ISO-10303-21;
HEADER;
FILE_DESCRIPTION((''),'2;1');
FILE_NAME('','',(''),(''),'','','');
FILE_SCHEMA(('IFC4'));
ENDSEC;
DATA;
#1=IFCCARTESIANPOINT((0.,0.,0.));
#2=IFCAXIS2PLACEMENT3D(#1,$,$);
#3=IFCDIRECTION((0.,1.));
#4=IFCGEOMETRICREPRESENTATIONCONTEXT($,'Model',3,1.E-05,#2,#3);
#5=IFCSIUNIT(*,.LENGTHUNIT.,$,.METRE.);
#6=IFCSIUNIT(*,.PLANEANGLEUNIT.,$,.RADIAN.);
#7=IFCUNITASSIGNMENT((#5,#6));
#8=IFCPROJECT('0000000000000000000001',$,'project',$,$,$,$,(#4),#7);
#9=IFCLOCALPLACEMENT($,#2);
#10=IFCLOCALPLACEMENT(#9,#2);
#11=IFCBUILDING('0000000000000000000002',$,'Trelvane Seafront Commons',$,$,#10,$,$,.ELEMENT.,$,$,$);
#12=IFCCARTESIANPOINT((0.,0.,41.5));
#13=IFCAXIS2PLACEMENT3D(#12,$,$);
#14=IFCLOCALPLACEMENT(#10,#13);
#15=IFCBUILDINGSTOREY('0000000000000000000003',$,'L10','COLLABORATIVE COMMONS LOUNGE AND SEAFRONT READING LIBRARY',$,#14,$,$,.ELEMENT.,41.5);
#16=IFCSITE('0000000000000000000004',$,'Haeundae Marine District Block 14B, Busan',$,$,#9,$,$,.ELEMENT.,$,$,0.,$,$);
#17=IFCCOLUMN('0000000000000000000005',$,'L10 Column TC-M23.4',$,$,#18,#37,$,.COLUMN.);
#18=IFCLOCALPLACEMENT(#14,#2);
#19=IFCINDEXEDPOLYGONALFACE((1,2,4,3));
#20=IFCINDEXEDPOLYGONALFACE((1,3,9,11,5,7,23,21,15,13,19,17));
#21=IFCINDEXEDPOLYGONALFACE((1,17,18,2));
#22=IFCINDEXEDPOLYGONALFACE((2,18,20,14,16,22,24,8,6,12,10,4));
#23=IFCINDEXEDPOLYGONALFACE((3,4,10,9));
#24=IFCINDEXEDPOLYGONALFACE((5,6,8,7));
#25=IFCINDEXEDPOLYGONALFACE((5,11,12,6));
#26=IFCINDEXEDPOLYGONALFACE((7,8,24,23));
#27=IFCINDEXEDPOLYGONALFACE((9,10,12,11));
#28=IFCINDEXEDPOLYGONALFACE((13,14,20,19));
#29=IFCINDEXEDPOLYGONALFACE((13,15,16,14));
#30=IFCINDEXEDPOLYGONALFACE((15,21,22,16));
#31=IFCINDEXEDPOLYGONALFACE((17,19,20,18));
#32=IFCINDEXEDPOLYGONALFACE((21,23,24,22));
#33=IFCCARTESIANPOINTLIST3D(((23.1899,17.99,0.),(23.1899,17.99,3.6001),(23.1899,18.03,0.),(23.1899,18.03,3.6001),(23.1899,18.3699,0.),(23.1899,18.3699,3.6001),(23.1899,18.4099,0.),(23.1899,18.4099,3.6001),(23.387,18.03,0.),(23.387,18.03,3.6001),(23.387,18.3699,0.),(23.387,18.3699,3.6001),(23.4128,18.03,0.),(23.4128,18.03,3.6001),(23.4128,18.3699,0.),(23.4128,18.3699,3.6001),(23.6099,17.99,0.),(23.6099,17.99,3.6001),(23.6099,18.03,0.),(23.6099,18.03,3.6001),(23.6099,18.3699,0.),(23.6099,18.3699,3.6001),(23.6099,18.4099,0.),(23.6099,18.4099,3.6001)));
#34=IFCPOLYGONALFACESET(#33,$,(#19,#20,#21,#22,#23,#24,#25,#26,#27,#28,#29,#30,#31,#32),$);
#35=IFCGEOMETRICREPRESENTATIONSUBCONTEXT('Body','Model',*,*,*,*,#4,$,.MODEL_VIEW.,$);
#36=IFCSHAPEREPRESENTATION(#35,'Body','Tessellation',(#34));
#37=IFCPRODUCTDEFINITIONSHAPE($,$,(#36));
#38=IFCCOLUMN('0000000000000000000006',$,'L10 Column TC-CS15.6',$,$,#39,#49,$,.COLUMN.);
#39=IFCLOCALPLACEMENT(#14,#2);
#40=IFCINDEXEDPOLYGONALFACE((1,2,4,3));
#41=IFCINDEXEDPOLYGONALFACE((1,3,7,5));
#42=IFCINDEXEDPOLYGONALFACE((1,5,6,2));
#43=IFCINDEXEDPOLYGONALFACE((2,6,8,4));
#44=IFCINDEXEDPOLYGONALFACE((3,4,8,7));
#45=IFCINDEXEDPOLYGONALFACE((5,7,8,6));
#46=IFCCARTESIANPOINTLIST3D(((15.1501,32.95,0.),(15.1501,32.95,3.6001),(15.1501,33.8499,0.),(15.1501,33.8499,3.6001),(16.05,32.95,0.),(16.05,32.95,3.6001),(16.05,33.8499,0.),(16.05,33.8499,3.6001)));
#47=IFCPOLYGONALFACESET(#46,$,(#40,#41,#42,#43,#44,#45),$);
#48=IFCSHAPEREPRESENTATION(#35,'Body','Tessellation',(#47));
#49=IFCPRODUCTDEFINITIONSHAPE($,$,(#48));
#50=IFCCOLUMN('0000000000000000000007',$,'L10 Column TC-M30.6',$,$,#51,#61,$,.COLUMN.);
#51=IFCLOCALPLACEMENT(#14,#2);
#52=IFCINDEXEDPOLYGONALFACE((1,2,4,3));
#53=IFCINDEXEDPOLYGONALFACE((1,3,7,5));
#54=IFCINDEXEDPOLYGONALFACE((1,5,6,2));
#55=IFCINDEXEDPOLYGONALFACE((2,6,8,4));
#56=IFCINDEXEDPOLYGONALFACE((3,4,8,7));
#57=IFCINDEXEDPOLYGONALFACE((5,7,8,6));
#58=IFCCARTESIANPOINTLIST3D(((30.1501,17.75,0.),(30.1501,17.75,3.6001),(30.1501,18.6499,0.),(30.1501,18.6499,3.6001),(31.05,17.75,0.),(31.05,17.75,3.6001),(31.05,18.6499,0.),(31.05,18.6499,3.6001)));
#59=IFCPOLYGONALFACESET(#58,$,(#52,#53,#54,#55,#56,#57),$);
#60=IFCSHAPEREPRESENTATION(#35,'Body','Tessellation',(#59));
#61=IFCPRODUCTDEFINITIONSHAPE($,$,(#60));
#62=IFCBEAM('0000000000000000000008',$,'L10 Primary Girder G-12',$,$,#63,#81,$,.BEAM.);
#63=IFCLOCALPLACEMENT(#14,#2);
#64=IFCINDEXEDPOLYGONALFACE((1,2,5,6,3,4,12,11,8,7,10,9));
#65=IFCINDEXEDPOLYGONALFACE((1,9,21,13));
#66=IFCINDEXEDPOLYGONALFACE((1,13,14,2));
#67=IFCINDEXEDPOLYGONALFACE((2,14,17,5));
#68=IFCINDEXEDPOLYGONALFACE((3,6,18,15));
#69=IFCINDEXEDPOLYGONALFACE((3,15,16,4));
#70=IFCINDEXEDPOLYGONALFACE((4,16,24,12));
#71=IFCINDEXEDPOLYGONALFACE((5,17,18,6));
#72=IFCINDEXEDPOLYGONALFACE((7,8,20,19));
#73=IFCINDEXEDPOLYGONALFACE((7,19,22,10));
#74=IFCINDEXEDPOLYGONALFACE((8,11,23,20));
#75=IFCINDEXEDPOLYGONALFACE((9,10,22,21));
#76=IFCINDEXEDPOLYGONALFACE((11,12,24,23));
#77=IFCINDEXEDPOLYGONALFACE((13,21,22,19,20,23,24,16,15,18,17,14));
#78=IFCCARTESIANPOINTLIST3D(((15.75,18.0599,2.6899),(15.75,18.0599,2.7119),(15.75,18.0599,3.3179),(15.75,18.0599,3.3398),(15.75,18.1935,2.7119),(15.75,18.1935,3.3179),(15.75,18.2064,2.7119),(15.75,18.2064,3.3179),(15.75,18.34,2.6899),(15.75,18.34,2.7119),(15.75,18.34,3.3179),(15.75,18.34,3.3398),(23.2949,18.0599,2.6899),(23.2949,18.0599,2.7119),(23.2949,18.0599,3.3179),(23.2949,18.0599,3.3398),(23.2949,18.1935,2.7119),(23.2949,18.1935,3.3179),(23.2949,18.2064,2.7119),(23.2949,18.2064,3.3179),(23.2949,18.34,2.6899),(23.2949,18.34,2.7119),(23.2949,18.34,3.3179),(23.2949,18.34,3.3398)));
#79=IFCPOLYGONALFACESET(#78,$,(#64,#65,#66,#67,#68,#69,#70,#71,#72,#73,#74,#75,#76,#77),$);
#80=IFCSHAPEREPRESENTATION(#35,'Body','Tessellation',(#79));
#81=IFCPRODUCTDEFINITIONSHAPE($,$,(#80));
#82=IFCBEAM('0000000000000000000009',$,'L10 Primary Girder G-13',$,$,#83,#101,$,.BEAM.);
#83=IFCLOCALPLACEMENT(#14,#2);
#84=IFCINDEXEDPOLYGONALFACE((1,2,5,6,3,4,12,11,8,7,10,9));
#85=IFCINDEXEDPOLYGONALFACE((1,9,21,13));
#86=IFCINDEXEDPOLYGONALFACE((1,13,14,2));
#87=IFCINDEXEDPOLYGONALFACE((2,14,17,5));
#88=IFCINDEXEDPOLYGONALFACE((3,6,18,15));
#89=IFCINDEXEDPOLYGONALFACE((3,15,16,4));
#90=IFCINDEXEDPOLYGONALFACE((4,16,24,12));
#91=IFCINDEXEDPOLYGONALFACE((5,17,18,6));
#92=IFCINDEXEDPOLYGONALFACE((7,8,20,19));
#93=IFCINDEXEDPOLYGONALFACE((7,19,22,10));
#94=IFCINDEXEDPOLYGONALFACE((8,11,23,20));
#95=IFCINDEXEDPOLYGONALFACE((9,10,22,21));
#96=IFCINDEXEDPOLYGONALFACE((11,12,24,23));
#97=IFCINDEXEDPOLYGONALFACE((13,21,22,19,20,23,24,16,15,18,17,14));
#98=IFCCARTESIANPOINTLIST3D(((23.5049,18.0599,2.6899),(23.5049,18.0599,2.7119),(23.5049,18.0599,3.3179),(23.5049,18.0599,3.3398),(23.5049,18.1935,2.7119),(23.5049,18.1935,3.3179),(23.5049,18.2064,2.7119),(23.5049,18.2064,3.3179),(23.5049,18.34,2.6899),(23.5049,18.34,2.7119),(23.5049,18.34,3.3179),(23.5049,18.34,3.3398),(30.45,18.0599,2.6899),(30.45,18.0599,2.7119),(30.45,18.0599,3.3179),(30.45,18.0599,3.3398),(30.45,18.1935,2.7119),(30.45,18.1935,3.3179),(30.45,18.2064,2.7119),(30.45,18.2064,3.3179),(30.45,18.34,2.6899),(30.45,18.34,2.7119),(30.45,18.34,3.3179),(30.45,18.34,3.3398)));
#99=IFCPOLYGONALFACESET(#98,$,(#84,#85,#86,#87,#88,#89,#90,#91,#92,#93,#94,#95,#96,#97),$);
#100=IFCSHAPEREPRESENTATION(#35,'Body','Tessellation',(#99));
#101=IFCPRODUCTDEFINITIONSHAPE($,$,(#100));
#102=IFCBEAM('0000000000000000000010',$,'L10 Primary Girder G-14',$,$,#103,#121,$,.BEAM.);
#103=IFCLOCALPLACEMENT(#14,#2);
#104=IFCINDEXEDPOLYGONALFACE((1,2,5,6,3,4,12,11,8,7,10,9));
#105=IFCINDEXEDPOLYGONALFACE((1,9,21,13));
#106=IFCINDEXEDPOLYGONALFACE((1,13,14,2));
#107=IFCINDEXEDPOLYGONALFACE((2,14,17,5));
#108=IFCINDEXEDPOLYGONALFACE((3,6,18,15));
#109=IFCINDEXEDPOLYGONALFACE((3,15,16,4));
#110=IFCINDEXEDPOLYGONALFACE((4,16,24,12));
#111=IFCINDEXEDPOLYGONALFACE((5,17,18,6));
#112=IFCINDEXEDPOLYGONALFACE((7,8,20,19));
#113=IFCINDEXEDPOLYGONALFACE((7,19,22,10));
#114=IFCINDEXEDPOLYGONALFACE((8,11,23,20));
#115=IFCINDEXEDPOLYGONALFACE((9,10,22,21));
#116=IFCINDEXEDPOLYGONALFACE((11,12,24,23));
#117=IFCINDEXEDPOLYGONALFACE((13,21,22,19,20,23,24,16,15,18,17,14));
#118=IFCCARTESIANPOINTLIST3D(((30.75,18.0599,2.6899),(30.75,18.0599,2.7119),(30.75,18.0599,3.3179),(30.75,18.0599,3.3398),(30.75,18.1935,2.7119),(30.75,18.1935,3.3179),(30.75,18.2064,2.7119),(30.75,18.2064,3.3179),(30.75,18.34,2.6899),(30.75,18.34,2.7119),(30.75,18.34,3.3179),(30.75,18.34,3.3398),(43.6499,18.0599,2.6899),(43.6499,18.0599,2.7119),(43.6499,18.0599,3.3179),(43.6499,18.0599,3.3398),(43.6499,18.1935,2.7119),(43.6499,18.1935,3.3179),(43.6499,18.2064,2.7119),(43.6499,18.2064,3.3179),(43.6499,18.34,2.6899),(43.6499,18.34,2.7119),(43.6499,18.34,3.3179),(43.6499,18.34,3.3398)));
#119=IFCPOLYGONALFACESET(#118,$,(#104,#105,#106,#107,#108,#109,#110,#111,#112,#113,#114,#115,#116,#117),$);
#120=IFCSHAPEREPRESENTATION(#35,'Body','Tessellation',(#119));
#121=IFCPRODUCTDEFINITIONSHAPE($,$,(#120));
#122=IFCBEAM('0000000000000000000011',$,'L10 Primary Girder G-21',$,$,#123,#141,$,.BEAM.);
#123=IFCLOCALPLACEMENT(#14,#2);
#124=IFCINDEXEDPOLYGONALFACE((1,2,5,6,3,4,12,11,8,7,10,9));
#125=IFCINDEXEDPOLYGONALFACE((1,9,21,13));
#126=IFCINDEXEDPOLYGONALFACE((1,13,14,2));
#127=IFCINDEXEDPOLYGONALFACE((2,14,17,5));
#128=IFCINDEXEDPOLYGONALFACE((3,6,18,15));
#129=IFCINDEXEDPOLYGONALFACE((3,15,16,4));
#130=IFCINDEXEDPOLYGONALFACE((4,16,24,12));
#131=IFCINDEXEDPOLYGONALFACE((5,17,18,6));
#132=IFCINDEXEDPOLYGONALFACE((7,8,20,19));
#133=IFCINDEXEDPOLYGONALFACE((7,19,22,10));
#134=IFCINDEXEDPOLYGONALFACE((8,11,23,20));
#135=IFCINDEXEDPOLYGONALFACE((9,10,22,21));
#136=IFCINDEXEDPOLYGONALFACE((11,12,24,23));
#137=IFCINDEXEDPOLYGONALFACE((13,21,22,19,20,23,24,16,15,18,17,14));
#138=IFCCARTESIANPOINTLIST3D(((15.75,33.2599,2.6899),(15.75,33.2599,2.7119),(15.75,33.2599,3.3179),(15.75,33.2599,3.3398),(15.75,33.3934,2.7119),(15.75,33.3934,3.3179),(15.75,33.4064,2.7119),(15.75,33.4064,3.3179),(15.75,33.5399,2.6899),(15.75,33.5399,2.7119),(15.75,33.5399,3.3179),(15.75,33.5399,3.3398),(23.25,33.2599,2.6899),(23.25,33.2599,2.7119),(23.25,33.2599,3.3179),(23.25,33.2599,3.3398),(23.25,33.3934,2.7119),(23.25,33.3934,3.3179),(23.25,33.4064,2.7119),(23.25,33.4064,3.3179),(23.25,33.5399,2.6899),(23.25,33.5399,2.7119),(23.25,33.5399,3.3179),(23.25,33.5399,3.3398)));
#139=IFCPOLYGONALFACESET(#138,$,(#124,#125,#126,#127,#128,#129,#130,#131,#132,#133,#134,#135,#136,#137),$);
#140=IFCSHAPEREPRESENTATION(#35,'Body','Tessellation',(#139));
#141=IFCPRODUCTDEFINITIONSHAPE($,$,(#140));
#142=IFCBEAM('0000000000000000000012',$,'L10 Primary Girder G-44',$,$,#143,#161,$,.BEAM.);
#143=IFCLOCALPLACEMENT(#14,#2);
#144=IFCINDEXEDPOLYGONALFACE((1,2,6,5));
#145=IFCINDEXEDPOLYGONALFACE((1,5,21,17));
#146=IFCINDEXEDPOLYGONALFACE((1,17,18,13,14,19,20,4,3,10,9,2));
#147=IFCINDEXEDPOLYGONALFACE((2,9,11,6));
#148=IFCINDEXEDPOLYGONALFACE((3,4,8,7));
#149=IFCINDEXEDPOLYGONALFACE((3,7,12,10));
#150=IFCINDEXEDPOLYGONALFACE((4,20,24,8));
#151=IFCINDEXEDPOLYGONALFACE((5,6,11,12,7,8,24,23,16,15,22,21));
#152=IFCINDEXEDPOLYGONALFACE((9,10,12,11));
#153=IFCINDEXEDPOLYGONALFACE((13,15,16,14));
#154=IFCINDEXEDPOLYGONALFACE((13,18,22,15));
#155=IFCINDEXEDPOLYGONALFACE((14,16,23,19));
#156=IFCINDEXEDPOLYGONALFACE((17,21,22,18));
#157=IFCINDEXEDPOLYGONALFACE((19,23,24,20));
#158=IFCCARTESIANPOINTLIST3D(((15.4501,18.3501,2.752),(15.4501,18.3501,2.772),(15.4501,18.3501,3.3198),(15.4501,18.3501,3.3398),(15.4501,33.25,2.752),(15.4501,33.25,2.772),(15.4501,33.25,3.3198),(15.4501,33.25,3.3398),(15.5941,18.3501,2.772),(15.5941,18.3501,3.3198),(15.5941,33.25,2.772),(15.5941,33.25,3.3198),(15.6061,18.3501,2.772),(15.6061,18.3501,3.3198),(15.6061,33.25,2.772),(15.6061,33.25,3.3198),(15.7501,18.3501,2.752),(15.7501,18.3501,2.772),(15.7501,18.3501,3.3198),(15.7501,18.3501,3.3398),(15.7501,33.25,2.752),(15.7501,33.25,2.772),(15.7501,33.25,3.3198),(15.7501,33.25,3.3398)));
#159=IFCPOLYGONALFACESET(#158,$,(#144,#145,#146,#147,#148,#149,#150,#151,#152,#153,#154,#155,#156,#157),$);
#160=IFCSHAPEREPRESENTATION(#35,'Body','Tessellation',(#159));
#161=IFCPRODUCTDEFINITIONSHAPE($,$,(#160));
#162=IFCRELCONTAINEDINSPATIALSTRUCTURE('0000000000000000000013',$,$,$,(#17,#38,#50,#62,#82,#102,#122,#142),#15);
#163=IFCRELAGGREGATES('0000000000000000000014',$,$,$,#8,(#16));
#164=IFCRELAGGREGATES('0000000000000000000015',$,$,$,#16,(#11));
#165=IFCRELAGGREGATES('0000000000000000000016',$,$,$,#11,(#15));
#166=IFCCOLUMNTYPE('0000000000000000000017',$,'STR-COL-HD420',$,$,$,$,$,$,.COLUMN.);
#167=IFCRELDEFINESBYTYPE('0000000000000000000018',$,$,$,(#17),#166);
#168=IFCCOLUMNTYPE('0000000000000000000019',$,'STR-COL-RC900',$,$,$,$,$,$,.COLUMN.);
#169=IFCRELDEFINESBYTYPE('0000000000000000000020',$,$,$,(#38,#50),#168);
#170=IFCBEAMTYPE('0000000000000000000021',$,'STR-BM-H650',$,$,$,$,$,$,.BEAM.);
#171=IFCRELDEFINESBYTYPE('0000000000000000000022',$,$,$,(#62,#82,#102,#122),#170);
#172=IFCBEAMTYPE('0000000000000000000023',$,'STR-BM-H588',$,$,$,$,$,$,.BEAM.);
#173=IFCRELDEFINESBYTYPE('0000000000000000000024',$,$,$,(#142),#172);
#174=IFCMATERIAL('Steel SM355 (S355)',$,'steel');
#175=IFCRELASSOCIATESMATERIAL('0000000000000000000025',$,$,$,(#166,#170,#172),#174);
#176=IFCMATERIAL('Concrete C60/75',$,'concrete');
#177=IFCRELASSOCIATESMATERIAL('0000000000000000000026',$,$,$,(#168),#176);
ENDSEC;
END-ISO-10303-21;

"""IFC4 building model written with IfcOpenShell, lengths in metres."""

from ifc_helpers import new_model, si_unit, direction, frame, origin, origin_2d, place, context, subcontext, project, spatial, rectangle, i_section, extrude, source, transform, mapped, material, material_profile, profile_set, type_object, element, save


model = new_model("IFC4")

# Units and contexts
model_context = context("Model", 3, precision=1e-05, world=origin(), true_north=direction((0.0, 1.0)))
body_context = subcontext(model_context, "Body", "Model", "MODEL_VIEW")
ifc_project = project(units=[si_unit("LENGTHUNIT", "METRE"), si_unit("PLANEANGLEUNIT", "RADIAN")], contexts=[model_context])

# Site, building, storey
site_placement = place(None, origin())
site = spatial("IfcSite", under=ifc_project, at=site_placement, Name="Haeundae Marine District Block 14B, Busan", CompositionType="ELEMENT", RefElevation=0.0)
building_placement = place(site_placement, origin())
building = spatial("IfcBuilding", under=site, at=building_placement, Name="Trelvane Seafront Commons", CompositionType="ELEMENT")
storey_placement = place(building_placement, frame((0.0, 0.0, 41.5)))
storey = spatial("IfcBuildingStorey", under=building, at=storey_placement, Name="L10", Description="COLLABORATIVE COMMONS LOUNGE AND SEAFRONT READING LIBRARY", CompositionType="ELEMENT", Elevation=41.5)

# Columns
ifc_material_1 = material(Name="Steel SM355 (S355)", Category="steel")
ifc_material_profile_1 = material_profile(ifc_material_1, i_section(OverallWidth=0.4199, OverallDepth=0.4199, WebThickness=0.0259, FlangeThickness=0.04, at=origin_2d()), Name="HD-420x420x26x40")
ifc_profile_set_1 = profile_set([ifc_material_profile_1], Name="Steel SM355 (S355)")
column_type_1 = type_object("IfcColumnType", Name="STR-COL-HD420", PredefinedType="COLUMN", material=ifc_profile_set_1)
shared_shape_1 = source(origin(), body_context, "Body", "SweptSolid", [
    extrude(i_section(OverallWidth=0.4199, OverallDepth=0.4199, WebThickness=0.0259, FlangeThickness=0.04, at=origin_2d()), origin(), (0.0, 0.0, 1.0), 3.6001),
])
column_placement = place(storey_placement, frame((23.3999, 18.2, 0.0), z_axis=(0.0, 0.0, 1.0), x_axis=(1.0, 0.0, 0.0)))
element("IfcColumn", 1, at=column_placement, inside=storey, type_object=column_type_1, Name="L10 Column TC-M23.4", PredefinedType="COLUMN", context=body_context, shape_type="MappedRepresentation", body=[
    mapped(shared_shape_1, transform((0.0, 0.0, 0.0), x_axis=(1.0, 0.0, 0.0), y_axis=(0.0, 1.0, 0.0), z_axis=(0.0, 0.0, 1.0), scale=1.0)),
])
ifc_material_2 = material(Name="Concrete C60/75", Category="concrete")
ifc_material_profile_2 = material_profile(ifc_material_2, rectangle(XDim=0.8999, YDim=0.8999, at=origin_2d()), Name="RC-900x900")
ifc_profile_set_2 = profile_set([ifc_material_profile_2], Name="Concrete C60/75")
column_type_2 = type_object("IfcColumnType", Name="STR-COL-RC900", PredefinedType="COLUMN", material=ifc_profile_set_2)
shared_shape_2 = source(origin(), body_context, "Body", "SweptSolid", [
    extrude(rectangle(XDim=0.8999, YDim=0.8999, at=origin_2d()), origin(), (0.0, 0.0, 1.0), 3.6001),
])
for number, where, z_axis, x_axis, name in (
    (2, (15.6001, 33.3999, 0.0), (0.0, 0.0, 1.0), (1.0, 0.0, 0.0), "L10 Column TC-CS15.6"),
    (3, (30.6001, 18.2, 0.0), (0.0, 0.0, 1.0), (1.0, 0.0, 0.0), "L10 Column TC-M30.6"),
):
    element("IfcColumn", number, at=place(storey_placement, frame(where, z_axis=z_axis, x_axis=x_axis)), inside=storey, type_object=column_type_2, Name=name, PredefinedType="COLUMN", context=body_context, shape_type="MappedRepresentation", body=[
        mapped(shared_shape_2, transform((0.0, 0.0, 0.0), x_axis=(1.0, 0.0, 0.0), y_axis=(0.0, 1.0, 0.0), z_axis=(0.0, 0.0, 1.0), scale=1.0)),
    ])

# Beams
ifc_material_profile_3 = material_profile(ifc_material_1, i_section(OverallWidth=0.28, OverallDepth=0.6499, WebThickness=0.0129, FlangeThickness=0.022, at=origin_2d()), Name="H-650x280x13x22")
ifc_profile_set_3 = profile_set([ifc_material_profile_3], Name="Steel SM355 (S355)")
beam_type_1 = type_object("IfcBeamType", Name="STR-BM-H650", PredefinedType="BEAM", material=ifc_profile_set_3)
shared_shape_3 = source(origin(), body_context, "Body", "SweptSolid", [
    extrude(i_section(OverallWidth=0.28, OverallDepth=0.6499, WebThickness=0.0129, FlangeThickness=0.022, at=origin_2d()), origin(), (0.0, 0.0, 1.0), 7.5449),
])
beam_1_placement = place(storey_placement, frame((15.75, 18.2, 3.0149), z_axis=(1.0, 0.0, 0.0), x_axis=(0.0, 1.0, 0.0)))
element("IfcBeam", 4, at=beam_1_placement, inside=storey, type_object=beam_type_1, Name="L10 Primary Girder G-12", PredefinedType="BEAM", context=body_context, shape_type="MappedRepresentation", body=[
    mapped(shared_shape_3, transform((0.0, 0.0, 0.0), x_axis=(1.0, 0.0, 0.0), y_axis=(0.0, 1.0, 0.0), z_axis=(0.0, 0.0, 1.0), scale=1.0)),
])
shared_shape_4 = source(origin(), body_context, "Body", "SweptSolid", [
    extrude(i_section(OverallWidth=0.28, OverallDepth=0.6499, WebThickness=0.0129, FlangeThickness=0.022, at=origin_2d()), origin(), (0.0, 0.0, 1.0), 6.9451),
])
beam_2_placement = place(storey_placement, frame((23.5049, 18.2, 3.0149), z_axis=(1.0, 0.0, 0.0), x_axis=(0.0, 1.0, 0.0)))
element("IfcBeam", 5, at=beam_2_placement, inside=storey, type_object=beam_type_1, Name="L10 Primary Girder G-13", PredefinedType="BEAM", context=body_context, shape_type="MappedRepresentation", body=[
    mapped(shared_shape_4, transform((0.0, 0.0, 0.0), x_axis=(1.0, 0.0, 0.0), y_axis=(0.0, 1.0, 0.0), z_axis=(0.0, 0.0, 1.0), scale=1.0)),
])
shared_shape_5 = source(origin(), body_context, "Body", "SweptSolid", [
    extrude(i_section(OverallWidth=0.28, OverallDepth=0.6499, WebThickness=0.0129, FlangeThickness=0.022, at=origin_2d()), origin(), (0.0, 0.0, 1.0), 12.8999),
])
beam_3_placement = place(storey_placement, frame((30.75, 18.2, 3.0149), z_axis=(1.0, 0.0, 0.0), x_axis=(0.0, 1.0, 0.0)))
element("IfcBeam", 6, at=beam_3_placement, inside=storey, type_object=beam_type_1, Name="L10 Primary Girder G-14", PredefinedType="BEAM", context=body_context, shape_type="MappedRepresentation", body=[
    mapped(shared_shape_5, transform((0.0, 0.0, 0.0), x_axis=(1.0, 0.0, 0.0), y_axis=(0.0, 1.0, 0.0), z_axis=(0.0, 0.0, 1.0), scale=1.0)),
])
shared_shape_6 = source(origin(), body_context, "Body", "SweptSolid", [
    extrude(i_section(OverallWidth=0.28, OverallDepth=0.6499, WebThickness=0.0129, FlangeThickness=0.022, at=origin_2d()), origin(), (0.0, 0.0, 1.0), 7.5),
])
beam_4_placement = place(storey_placement, frame((15.75, 33.3999, 3.0149), z_axis=(1.0, 0.0, 0.0), x_axis=(0.0, 1.0, 0.0)))
element("IfcBeam", 7, at=beam_4_placement, inside=storey, type_object=beam_type_1, Name="L10 Primary Girder G-21", PredefinedType="BEAM", context=body_context, shape_type="MappedRepresentation", body=[
    mapped(shared_shape_6, transform((0.0, 0.0, 0.0), x_axis=(1.0, 0.0, 0.0), y_axis=(0.0, 1.0, 0.0), z_axis=(0.0, 0.0, 1.0), scale=1.0)),
])
ifc_material_profile_4 = material_profile(ifc_material_1, i_section(OverallWidth=0.3, OverallDepth=0.5879, WebThickness=0.012, FlangeThickness=0.02, at=origin_2d()), Name="H-588x300x12x20")
ifc_profile_set_4 = profile_set([ifc_material_profile_4], Name="Steel SM355 (S355)")
beam_type_2 = type_object("IfcBeamType", Name="STR-BM-H588", PredefinedType="BEAM", material=ifc_profile_set_4)
shared_shape_7 = source(origin(), body_context, "Body", "SweptSolid", [
    extrude(i_section(OverallWidth=0.3, OverallDepth=0.5879, WebThickness=0.012, FlangeThickness=0.02, at=origin_2d()), origin(), (0.0, 0.0, 1.0), 14.8999),
])
for number, where, z_axis, x_axis, name in (
    (8, (15.6001, 18.3501, 3.0459), (0.0, 1.0, 0.0), (-1.0, 0.0, 0.0), "L10 Primary Girder G-44"),
):
    element("IfcBeam", number, at=place(storey_placement, frame(where, z_axis=z_axis, x_axis=x_axis)), inside=storey, type_object=beam_type_2, Name=name, PredefinedType="BEAM", context=body_context, shape_type="MappedRepresentation", body=[
        mapped(shared_shape_7, transform((0.0, 0.0, 0.0), x_axis=(1.0, 0.0, 0.0), y_axis=(0.0, 1.0, 0.0), z_axis=(0.0, 0.0, 1.0), scale=1.0)),
    ])

save(model, "model.ifc")
